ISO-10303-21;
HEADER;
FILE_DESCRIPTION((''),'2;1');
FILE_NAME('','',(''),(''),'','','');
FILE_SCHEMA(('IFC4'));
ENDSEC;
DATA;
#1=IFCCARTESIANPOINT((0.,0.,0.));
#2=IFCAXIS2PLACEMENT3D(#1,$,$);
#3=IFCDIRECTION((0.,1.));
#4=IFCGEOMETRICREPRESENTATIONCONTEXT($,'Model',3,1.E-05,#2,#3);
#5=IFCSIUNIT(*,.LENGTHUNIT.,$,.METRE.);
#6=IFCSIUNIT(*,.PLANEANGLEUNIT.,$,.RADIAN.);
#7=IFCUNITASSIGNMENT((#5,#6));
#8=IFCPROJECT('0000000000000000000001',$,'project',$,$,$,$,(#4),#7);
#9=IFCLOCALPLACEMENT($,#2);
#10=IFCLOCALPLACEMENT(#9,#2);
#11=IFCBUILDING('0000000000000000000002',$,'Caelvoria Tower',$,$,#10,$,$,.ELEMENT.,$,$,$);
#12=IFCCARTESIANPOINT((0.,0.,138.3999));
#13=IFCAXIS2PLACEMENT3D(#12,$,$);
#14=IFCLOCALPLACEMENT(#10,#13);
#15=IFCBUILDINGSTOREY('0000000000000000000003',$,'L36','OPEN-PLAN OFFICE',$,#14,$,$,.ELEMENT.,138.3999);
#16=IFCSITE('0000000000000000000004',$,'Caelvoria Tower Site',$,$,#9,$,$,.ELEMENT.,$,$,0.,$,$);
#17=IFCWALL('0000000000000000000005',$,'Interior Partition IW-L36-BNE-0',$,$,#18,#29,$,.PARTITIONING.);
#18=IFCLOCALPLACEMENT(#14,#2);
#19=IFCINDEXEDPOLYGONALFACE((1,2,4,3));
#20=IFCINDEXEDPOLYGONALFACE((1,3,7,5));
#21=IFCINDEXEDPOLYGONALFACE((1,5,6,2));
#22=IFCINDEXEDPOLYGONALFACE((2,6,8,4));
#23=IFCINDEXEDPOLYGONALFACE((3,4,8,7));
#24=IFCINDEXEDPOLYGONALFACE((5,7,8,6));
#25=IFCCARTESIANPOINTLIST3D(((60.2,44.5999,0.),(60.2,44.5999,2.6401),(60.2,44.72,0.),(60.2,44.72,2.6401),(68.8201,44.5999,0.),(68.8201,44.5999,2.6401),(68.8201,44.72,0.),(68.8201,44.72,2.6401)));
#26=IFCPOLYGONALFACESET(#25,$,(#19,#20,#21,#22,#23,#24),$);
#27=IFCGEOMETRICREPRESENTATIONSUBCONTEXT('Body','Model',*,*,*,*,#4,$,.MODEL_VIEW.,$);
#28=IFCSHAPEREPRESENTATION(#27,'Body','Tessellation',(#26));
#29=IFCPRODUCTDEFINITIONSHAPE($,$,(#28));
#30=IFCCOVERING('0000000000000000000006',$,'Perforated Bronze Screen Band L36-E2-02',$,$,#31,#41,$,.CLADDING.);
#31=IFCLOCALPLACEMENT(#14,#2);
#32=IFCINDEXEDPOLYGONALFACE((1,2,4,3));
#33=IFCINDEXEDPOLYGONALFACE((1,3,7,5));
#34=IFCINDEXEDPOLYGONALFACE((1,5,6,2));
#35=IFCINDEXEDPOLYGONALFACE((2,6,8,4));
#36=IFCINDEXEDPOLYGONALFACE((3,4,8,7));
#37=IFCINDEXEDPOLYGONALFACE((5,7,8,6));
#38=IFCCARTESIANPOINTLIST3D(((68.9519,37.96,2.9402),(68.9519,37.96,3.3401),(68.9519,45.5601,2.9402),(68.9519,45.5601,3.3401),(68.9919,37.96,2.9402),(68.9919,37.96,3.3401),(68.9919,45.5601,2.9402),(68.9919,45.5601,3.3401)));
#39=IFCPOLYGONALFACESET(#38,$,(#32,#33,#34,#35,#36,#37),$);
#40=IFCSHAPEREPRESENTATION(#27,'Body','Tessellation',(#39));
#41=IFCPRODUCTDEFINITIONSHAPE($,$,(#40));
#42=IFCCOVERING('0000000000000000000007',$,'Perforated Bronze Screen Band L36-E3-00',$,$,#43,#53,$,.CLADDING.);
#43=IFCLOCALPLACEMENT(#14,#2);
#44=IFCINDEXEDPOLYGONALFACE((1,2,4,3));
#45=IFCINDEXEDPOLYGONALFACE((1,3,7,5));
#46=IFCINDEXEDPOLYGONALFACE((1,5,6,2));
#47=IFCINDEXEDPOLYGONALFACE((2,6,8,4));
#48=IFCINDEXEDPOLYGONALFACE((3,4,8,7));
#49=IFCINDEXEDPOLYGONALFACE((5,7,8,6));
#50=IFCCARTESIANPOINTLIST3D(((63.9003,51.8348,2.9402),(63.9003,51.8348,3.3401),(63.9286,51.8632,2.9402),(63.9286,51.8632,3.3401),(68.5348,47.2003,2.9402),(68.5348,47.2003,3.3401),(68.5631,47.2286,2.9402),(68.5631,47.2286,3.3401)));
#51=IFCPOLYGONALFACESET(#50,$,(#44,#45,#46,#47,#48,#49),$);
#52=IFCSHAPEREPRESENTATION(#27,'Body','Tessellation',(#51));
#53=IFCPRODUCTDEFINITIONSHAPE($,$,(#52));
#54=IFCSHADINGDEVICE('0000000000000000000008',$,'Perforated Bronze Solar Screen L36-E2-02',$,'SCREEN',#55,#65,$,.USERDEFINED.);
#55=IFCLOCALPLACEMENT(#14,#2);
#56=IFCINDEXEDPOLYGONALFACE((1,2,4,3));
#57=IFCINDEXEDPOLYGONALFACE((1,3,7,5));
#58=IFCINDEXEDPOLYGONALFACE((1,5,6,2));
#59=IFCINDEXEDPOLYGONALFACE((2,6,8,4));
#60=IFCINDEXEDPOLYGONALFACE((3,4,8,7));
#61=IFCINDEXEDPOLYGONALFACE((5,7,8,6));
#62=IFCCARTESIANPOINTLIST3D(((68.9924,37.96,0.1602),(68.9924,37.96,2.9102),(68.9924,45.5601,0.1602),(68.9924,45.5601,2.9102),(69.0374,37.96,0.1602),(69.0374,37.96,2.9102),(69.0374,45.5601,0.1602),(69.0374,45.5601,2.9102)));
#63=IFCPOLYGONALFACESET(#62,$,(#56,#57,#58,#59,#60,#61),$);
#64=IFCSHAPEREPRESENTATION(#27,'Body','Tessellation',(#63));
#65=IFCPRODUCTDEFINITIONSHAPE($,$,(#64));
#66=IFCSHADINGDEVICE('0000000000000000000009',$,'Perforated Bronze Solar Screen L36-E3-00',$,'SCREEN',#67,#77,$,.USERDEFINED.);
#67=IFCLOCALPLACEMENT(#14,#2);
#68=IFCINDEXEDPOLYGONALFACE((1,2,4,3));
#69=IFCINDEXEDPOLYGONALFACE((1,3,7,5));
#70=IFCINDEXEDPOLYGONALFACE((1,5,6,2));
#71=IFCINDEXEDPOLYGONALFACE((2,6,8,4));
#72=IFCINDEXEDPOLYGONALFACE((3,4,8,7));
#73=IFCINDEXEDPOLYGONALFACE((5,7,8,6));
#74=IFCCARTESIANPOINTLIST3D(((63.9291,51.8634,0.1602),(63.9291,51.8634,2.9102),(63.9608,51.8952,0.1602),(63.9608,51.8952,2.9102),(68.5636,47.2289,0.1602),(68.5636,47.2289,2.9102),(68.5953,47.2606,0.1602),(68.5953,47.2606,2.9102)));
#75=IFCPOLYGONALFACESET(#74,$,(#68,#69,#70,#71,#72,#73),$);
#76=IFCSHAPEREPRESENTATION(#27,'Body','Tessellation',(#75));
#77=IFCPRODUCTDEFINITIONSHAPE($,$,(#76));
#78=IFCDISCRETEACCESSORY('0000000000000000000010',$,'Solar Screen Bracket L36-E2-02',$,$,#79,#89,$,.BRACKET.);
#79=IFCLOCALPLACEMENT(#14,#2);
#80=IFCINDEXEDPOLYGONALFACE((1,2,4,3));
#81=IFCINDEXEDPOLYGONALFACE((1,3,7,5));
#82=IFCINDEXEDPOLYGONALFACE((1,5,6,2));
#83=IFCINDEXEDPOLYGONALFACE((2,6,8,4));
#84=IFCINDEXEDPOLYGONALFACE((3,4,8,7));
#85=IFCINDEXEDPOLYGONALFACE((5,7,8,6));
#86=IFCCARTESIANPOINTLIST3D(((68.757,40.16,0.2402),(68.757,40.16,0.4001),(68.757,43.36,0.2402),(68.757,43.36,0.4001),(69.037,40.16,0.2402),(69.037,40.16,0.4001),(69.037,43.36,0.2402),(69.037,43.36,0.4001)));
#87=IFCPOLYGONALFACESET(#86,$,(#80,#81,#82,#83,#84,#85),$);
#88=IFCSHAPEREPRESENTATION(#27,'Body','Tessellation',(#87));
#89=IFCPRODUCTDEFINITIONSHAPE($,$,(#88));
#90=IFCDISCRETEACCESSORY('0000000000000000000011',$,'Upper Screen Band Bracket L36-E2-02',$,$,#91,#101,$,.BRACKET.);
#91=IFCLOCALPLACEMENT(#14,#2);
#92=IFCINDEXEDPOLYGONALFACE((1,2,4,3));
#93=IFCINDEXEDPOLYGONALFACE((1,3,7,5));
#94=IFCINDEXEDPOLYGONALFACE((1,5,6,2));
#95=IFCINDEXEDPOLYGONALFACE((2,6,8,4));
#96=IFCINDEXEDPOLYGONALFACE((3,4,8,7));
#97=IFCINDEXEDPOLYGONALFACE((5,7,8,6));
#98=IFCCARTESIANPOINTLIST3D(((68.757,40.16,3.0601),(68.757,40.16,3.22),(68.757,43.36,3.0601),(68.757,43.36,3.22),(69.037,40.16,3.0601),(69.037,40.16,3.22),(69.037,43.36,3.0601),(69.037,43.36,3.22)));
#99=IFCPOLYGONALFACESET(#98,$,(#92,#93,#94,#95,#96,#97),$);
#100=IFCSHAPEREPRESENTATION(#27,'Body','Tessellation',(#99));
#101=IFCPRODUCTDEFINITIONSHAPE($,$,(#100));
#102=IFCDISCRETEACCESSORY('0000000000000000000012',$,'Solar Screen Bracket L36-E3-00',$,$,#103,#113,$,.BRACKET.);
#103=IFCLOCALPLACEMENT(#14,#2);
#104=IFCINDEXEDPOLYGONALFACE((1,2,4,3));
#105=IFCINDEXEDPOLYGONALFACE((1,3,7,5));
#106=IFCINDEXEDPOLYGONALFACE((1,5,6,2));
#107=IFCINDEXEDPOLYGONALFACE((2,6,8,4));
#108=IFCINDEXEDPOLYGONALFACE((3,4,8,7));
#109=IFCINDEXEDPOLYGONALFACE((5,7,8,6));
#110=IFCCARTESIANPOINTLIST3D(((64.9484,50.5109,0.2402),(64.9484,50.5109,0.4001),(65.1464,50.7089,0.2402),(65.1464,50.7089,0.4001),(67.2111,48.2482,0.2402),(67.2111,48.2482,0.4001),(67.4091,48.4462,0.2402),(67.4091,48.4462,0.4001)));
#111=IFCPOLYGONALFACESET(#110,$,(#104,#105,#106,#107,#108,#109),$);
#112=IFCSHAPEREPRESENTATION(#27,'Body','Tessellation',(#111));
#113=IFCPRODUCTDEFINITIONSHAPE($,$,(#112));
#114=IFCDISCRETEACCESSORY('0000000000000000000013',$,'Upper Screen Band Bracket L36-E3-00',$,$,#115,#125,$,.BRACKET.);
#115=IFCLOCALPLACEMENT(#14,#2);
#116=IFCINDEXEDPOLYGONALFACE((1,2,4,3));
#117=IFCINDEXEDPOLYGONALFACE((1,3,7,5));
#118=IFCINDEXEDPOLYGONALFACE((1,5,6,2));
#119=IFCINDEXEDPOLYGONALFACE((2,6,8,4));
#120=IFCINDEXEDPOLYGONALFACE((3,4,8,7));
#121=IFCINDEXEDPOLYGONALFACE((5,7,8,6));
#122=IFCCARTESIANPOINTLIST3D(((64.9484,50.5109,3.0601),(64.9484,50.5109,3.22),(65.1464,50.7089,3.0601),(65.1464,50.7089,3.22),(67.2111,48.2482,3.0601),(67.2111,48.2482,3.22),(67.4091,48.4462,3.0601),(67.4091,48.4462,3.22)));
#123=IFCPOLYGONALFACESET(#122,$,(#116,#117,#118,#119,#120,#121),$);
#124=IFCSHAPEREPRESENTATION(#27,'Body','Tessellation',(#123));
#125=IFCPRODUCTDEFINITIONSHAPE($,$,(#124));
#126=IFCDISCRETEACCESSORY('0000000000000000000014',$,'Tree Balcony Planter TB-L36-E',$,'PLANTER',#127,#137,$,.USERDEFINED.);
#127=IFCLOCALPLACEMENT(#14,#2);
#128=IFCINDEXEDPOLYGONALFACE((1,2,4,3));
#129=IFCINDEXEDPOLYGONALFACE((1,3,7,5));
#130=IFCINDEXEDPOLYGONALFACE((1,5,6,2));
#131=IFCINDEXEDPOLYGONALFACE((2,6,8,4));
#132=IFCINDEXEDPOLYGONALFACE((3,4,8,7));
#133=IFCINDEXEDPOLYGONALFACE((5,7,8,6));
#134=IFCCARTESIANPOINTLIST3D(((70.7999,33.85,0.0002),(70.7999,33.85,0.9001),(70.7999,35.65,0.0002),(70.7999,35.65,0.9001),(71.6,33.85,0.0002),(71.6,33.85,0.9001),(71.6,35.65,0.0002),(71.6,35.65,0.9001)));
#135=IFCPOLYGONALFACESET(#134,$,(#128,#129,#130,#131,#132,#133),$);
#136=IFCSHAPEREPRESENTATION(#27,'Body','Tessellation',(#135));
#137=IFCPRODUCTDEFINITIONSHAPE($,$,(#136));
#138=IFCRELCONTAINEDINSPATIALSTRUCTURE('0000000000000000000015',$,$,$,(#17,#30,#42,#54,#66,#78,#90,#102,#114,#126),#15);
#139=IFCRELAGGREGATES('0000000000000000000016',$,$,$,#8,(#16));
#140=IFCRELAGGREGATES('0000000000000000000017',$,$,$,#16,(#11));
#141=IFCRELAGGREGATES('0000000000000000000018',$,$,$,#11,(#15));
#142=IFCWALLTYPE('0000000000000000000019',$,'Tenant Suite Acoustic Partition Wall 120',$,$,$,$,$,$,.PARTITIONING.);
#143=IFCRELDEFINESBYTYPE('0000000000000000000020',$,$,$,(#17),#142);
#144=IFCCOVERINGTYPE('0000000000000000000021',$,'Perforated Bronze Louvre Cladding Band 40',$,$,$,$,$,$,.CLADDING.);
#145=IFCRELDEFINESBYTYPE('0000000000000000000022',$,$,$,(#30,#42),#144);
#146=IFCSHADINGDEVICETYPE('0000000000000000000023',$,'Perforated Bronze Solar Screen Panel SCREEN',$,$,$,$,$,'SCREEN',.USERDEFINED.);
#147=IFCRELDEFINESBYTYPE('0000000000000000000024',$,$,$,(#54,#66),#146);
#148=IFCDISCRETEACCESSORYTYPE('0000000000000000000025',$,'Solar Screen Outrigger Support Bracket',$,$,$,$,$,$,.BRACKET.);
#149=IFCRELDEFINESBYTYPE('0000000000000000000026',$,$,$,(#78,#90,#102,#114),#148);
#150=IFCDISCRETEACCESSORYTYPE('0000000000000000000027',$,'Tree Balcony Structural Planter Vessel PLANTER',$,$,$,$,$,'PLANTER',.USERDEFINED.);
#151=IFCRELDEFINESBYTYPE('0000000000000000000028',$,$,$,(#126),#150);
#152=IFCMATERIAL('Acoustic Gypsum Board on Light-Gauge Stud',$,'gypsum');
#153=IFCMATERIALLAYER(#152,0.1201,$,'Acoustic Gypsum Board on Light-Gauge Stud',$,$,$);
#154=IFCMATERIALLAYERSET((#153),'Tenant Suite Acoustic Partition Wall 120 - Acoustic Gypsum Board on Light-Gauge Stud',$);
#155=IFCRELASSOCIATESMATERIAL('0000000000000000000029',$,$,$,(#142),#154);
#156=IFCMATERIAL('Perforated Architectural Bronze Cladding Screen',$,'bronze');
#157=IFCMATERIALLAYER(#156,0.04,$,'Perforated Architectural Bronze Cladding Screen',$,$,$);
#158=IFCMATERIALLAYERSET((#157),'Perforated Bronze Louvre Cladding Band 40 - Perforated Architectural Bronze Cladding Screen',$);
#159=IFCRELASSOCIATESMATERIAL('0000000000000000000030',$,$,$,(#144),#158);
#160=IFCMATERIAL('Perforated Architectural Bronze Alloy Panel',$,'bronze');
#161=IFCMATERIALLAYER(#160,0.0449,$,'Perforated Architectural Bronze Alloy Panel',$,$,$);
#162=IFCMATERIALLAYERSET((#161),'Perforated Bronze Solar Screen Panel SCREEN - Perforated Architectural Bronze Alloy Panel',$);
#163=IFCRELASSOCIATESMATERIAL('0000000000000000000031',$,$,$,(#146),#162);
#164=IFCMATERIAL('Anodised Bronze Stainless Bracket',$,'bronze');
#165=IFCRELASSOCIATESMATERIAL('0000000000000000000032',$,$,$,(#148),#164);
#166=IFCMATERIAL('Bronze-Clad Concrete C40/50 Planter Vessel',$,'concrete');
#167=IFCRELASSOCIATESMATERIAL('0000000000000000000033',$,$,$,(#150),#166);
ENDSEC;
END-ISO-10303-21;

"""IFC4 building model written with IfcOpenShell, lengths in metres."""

from ifc_helpers import new_model, si_unit, direction, frame, frame_2d, origin, origin_2d, place, context, subcontext, project, spatial, rectangle, extrude, material, layer, layer_set, type_object, element, save


model = new_model("IFC4")

# Units and contexts
model_context = context("Model", 3, precision=1e-05, world=origin(), true_north=direction((0.0, 1.0)))
body_context = subcontext(model_context, "Body", "Model", "MODEL_VIEW")
ifc_project = project(units=[si_unit("LENGTHUNIT", "METRE"), si_unit("PLANEANGLEUNIT", "RADIAN")], contexts=[model_context])

# Site, building, storey
site_placement = place(None, origin())
site = spatial("IfcSite", under=ifc_project, at=site_placement, Name="Caelvoria Tower Site", CompositionType="ELEMENT", RefElevation=0.0)
building_placement = place(site_placement, origin())
building = spatial("IfcBuilding", under=site, at=building_placement, Name="Caelvoria Tower", CompositionType="ELEMENT")
storey_placement = place(building_placement, frame((0.0, 0.0, 138.3999)))
storey = spatial("IfcBuildingStorey", under=building, at=storey_placement, Name="L36", Description="OPEN-PLAN OFFICE", CompositionType="ELEMENT", Elevation=138.3999)

# Shared definitions
ifc_material_1 = material(Name="Acoustic Gypsum Board on Light-Gauge Stud", Category="gypsum")
ifc_layer_1 = layer(ifc_material_1, 0.1201, Name="Acoustic Gypsum Board on Light-Gauge Stud")
ifc_layer_set_1 = layer_set([ifc_layer_1], Name="Tenant Suite Acoustic Partition Wall 120 - Acoustic Gypsum Board on Light-Gauge Stud")
wall_type_1 = type_object("IfcWallType", Name="Tenant Suite Acoustic Partition Wall 120", PredefinedType="PARTITIONING", material=ifc_layer_set_1)

# Wall
wall_1_placement = place(storey_placement, frame((60.2, 44.6599, 0.0), z_axis=(0.0, 0.0, 1.0), x_axis=(1.0, 0.0, 0.0)))
element("IfcWall", 1, at=wall_1_placement, inside=storey, type_object=wall_type_1, Name="Interior Partition IW-L36-BNE-0", PredefinedType="PARTITIONING", context=body_context, shape_type="SweptSolid", body=[
    extrude(rectangle(XDim=8.6201, YDim=0.1201, at=frame_2d((4.3101, 0.0))), origin(), (0.0, 0.0, 1.0), 2.6401),
])

# Coverings
ifc_material_2 = material(Name="Perforated Architectural Bronze Cladding Screen", Category="bronze")
ifc_layer_2 = layer(ifc_material_2, 0.04, Name="Perforated Architectural Bronze Cladding Screen")
ifc_layer_set_2 = layer_set([ifc_layer_2], Name="Perforated Bronze Louvre Cladding Band 40 - Perforated Architectural Bronze Cladding Screen")
covering_type = type_object("IfcCoveringType", Name="Perforated Bronze Louvre Cladding Band 40", PredefinedType="CLADDING", material=ifc_layer_set_2)
covering_1_placement = place(storey_placement, frame((68.9719, 41.76, 2.9402), z_axis=(0.0, 0.0, 1.0), x_axis=(0.0, 1.0, 0.0)))
element("IfcCovering", 2, at=covering_1_placement, inside=storey, type_object=covering_type, Name="Perforated Bronze Screen Band L36-E2-02", PredefinedType="CLADDING", context=body_context, shape_type="SweptSolid", body=[
    extrude(rectangle(XDim=7.6001, YDim=0.04, at=origin_2d()), origin(), (0.0, 0.0, 1.0), 0.3999),
])
covering_2_placement = place(storey_placement, frame((66.2317, 49.5317, 2.9402), z_axis=(0.0, 0.0, 1.0), x_axis=(-0.707107, 0.707107, 0.0)))
element("IfcCovering", 3, at=covering_2_placement, inside=storey, type_object=covering_type, Name="Perforated Bronze Screen Band L36-E3-00", PredefinedType="CLADDING", context=body_context, shape_type="SweptSolid", body=[
    extrude(rectangle(XDim=6.5542, YDim=0.04, at=origin_2d()), origin(), (0.0, 0.0, 1.0), 0.3999),
])

# Shading devices
ifc_material_3 = material(Name="Perforated Architectural Bronze Alloy Panel", Category="bronze")
ifc_layer_3 = layer(ifc_material_3, 0.0449, Name="Perforated Architectural Bronze Alloy Panel")
ifc_layer_set_3 = layer_set([ifc_layer_3], Name="Perforated Bronze Solar Screen Panel SCREEN - Perforated Architectural Bronze Alloy Panel")
shading_device_type = type_object("IfcShadingDeviceType", Name="Perforated Bronze Solar Screen Panel SCREEN", ElementType="SCREEN", PredefinedType="USERDEFINED", material=ifc_layer_set_3)
shading_device_1_placement = place(storey_placement, frame((69.0149, 41.76, 0.1602), z_axis=(0.0, 0.0, 1.0), x_axis=(0.0, 1.0, 0.0)))
element("IfcShadingDevice", 4, at=shading_device_1_placement, inside=storey, type_object=shading_device_type, Name="Perforated Bronze Solar Screen L36-E2-02", ObjectType="SCREEN", PredefinedType="USERDEFINED", context=body_context, shape_type="SweptSolid", body=[
    extrude(rectangle(XDim=7.6001, YDim=0.0449, at=origin_2d()), origin(), (0.0, 0.0, 1.0), 2.75),
])
shading_device_2_placement = place(storey_placement, frame((66.2622, 49.562, 0.1602), z_axis=(0.0, 0.0, 1.0), x_axis=(-0.707107, 0.707107, 0.0)))
element("IfcShadingDevice", 5, at=shading_device_2_placement, inside=storey, type_object=shading_device_type, Name="Perforated Bronze Solar Screen L36-E3-00", ObjectType="SCREEN", PredefinedType="USERDEFINED", context=body_context, shape_type="SweptSolid", body=[
    extrude(rectangle(XDim=6.5542, YDim=0.0449, at=origin_2d()), origin(), (0.0, 0.0, 1.0), 2.75),
])

# Discrete accessories
ifc_material_4 = material(Name="Anodised Bronze Stainless Bracket", Category="bronze")
discrete_accessory_type_1 = type_object("IfcDiscreteAccessoryType", Name="Solar Screen Outrigger Support Bracket", PredefinedType="BRACKET", material=ifc_material_4)
for number, where, z_axis, x_axis, name in (
    (6, (68.897, 41.76, 0.2402), (0.0, 0.0, 1.0), (0.0, 1.0, 0.0), "Solar Screen Bracket L36-E2-02"),
    (7, (68.897, 41.76, 3.0601), (0.0, 0.0, 1.0), (0.0, 1.0, 0.0), "Upper Screen Band Bracket L36-E2-02"),
    (8, (66.1787, 49.4785, 0.2402), (0.0, 0.0, 1.0), (-0.707107, 0.707107, 0.0), "Solar Screen Bracket L36-E3-00"),
    (9, (66.1787, 49.4785, 3.0601), (0.0, 0.0, 1.0), (-0.707107, 0.707107, 0.0), "Upper Screen Band Bracket L36-E3-00"),
):
    element("IfcDiscreteAccessory", number, at=place(storey_placement, frame(where, z_axis=z_axis, x_axis=x_axis)), inside=storey, type_object=discrete_accessory_type_1, Name=name, PredefinedType="BRACKET", context=body_context, shape_type="SweptSolid", body=[
        extrude(rectangle(XDim=3.2, YDim=0.28, at=origin_2d()), origin(), (0.0, 0.0, 1.0), 0.1599),
    ])
ifc_material_5 = material(Name="Bronze-Clad Concrete C40/50 Planter Vessel", Category="concrete")
discrete_accessory_type_2 = type_object("IfcDiscreteAccessoryType", Name="Tree Balcony Structural Planter Vessel PLANTER", ElementType="PLANTER", PredefinedType="USERDEFINED", material=ifc_material_5)
discrete_accessory_placement = place(storey_placement, frame((71.2, 34.75, 0.0002), z_axis=(0.0, 0.0, 1.0), x_axis=(0.0, 1.0, 0.0)))
element("IfcDiscreteAccessory", 10, at=discrete_accessory_placement, inside=storey, type_object=discrete_accessory_type_2, Name="Tree Balcony Planter TB-L36-E", ObjectType="PLANTER", PredefinedType="USERDEFINED", context=body_context, shape_type="SweptSolid", body=[
    extrude(rectangle(XDim=1.8, YDim=0.8, at=origin_2d()), origin(), (0.0, 0.0, 1.0), 0.8999),
])

save(model, "model.ifc")
